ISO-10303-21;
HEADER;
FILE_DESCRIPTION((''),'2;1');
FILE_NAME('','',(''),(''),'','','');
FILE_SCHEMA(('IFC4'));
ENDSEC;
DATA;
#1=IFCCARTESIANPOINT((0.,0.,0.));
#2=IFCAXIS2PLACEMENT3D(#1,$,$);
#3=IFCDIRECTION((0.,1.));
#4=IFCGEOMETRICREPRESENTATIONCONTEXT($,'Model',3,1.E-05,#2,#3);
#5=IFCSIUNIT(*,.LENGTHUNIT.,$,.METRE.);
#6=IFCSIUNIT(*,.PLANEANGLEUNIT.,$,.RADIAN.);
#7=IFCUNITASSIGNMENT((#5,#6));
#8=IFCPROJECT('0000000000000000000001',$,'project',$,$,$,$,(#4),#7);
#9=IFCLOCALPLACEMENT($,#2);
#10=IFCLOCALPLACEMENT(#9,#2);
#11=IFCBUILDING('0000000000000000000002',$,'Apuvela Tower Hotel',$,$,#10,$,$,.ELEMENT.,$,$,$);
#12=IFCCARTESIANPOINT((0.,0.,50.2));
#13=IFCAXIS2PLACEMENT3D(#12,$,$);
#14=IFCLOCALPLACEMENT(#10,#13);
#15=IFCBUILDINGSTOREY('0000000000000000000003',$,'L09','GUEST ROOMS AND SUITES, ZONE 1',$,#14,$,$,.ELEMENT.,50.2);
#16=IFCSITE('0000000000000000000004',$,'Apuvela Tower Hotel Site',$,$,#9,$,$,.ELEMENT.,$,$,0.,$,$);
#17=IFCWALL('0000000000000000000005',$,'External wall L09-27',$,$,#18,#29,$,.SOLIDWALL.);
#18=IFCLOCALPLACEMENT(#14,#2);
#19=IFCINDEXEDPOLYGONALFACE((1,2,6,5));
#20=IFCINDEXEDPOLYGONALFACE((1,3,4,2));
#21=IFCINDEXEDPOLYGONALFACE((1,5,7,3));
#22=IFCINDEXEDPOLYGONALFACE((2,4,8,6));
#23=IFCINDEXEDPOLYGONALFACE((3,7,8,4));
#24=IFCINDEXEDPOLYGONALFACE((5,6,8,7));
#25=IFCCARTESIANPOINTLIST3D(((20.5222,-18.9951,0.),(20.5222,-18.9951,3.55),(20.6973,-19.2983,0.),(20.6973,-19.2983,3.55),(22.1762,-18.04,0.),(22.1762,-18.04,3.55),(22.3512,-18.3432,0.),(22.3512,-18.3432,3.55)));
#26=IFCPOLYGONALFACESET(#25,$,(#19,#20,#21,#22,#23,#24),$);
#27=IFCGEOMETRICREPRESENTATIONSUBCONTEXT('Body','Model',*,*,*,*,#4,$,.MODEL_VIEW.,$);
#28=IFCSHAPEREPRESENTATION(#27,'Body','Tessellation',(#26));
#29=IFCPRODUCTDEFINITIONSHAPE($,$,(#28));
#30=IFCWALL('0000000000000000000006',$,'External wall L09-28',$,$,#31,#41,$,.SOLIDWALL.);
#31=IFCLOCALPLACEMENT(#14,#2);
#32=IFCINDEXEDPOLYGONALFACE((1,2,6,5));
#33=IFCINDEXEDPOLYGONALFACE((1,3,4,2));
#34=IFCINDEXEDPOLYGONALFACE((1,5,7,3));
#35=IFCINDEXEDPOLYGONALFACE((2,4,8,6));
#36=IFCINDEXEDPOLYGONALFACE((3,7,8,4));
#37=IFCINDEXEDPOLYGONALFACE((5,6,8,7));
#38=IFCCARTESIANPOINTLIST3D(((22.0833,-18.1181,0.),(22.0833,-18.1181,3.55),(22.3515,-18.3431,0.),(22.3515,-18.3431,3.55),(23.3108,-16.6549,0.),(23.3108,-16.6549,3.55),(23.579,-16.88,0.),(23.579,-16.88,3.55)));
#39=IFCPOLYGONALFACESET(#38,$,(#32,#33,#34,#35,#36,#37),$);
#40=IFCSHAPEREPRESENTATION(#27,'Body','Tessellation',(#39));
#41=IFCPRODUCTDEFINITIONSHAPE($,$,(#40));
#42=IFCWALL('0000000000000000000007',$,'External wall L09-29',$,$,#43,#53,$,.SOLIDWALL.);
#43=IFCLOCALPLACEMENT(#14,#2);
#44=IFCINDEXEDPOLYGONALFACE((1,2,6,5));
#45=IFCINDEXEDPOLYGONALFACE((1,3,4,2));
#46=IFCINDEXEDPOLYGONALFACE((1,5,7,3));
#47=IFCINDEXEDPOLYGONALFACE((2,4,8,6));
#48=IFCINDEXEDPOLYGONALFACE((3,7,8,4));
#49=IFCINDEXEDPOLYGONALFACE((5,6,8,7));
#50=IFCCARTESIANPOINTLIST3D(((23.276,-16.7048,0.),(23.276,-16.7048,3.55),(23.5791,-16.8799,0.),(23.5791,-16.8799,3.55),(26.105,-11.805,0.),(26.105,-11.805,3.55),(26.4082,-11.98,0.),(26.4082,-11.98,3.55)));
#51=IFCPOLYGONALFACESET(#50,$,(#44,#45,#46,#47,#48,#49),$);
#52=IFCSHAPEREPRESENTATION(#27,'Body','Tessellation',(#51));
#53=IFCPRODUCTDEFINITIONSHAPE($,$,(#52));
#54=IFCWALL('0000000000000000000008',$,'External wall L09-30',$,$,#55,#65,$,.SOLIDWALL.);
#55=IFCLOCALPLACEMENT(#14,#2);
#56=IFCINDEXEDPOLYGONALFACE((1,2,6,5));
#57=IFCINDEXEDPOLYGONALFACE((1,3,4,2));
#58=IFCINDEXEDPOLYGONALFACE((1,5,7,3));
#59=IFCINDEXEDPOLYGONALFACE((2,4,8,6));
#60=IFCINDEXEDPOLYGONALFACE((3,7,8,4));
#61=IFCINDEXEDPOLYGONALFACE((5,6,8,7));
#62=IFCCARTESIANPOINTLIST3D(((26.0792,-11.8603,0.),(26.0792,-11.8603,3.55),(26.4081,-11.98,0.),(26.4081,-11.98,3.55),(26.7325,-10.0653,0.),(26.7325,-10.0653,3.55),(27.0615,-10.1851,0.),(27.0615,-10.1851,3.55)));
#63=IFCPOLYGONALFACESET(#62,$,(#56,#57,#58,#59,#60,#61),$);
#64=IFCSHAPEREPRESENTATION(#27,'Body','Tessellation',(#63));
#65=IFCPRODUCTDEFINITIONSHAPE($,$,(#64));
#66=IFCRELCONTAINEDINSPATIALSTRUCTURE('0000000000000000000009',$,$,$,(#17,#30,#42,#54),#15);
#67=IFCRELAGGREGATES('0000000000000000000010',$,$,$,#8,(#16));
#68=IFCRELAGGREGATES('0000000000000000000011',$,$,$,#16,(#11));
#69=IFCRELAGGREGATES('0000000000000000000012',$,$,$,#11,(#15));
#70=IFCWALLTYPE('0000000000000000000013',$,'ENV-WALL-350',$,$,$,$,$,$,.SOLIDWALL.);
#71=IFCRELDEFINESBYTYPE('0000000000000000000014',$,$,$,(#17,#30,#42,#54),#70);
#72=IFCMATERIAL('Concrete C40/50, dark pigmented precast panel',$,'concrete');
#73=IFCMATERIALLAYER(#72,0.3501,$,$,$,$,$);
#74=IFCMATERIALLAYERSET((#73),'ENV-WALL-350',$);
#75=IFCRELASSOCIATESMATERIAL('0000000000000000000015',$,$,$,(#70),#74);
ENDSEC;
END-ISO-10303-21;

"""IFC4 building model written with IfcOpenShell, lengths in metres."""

from ifc_helpers import new_model, si_unit, direction, frame, frame_2d, origin, place, context, subcontext, project, spatial, rectangle, extrude, material, layer, layer_set, type_object, element, save


model = new_model("IFC4")

# Units and contexts
model_context = context("Model", 3, precision=1e-05, world=origin(), true_north=direction((0.0, 1.0)))
body_context = subcontext(model_context, "Body", "Model", "MODEL_VIEW")
ifc_project = project(units=[si_unit("LENGTHUNIT", "METRE"), si_unit("PLANEANGLEUNIT", "RADIAN")], contexts=[model_context])

# Site, building, storey
site_placement = place(None, origin())
site = spatial("IfcSite", under=ifc_project, at=site_placement, Name="Apuvela Tower Hotel Site", CompositionType="ELEMENT", RefElevation=0.0)
building_placement = place(site_placement, origin())
building = spatial("IfcBuilding", under=site, at=building_placement, Name="Apuvela Tower Hotel", CompositionType="ELEMENT")
storey_placement = place(building_placement, frame((0.0, 0.0, 50.2)))
storey = spatial("IfcBuildingStorey", under=building, at=storey_placement, Name="L09", Description="GUEST ROOMS AND SUITES, ZONE 1", CompositionType="ELEMENT", Elevation=50.2)

# Shared definitions
ifc_material_1 = material(Name="Concrete C40/50, dark pigmented precast panel", Category="concrete")
ifc_layer_1 = layer(ifc_material_1, 0.3501)
ifc_layer_set_1 = layer_set([ifc_layer_1], Name="ENV-WALL-350")
wall_type_1 = type_object("IfcWallType", Name="ENV-WALL-350", PredefinedType="SOLIDWALL", material=ifc_layer_set_1)

# Walls
for number, where, z_axis, x_axis, name in (
    (1, (20.6096, -19.1467, 0.0), (0.0, 0.0, 1.0), (0.866, 0.500043, 0.0), "External wall L09-27"),
    (2, (22.2173, -18.2307, 0.0), (0.0, 0.0, 1.0), (0.642733, 0.76609, 0.0), "External wall L09-28"),
):
    element("IfcWall", number, at=place(storey_placement, frame(where, z_axis=z_axis, x_axis=x_axis)), inside=storey, type_object=wall_type_1, Name=name, PredefinedType="SOLIDWALL", context=body_context, shape_type="SweptSolid", body=[
        extrude(rectangle(XDim=1.9099, YDim=0.3501, at=frame_2d((0.9551, 0.0))), origin(), (0.0, 0.0, 1.0), 3.55),
    ])
wall_1_placement = place(storey_placement, frame((23.4275, -16.7925, 0.0), z_axis=(0.0, 0.0, 1.0), x_axis=(0.500019, 0.866015, 0.0)))
element("IfcWall", 3, at=wall_1_placement, inside=storey, type_object=wall_type_1, Name="External wall L09-29", PredefinedType="SOLIDWALL", context=body_context, shape_type="SweptSolid", body=[
    extrude(rectangle(XDim=5.658, YDim=0.3501, at=frame_2d((2.8291, 0.0))), origin(), (0.0, 0.0, 1.0), 3.55),
])
wall_2_placement = place(storey_placement, frame((26.2437, -11.9202, 0.0), z_axis=(0.0, 0.0, 1.0), x_axis=(0.34203, 0.939689, 0.0)))
element("IfcWall", 4, at=wall_2_placement, inside=storey, type_object=wall_type_1, Name="External wall L09-30", PredefinedType="SOLIDWALL", context=body_context, shape_type="SweptSolid", body=[
    extrude(rectangle(XDim=1.9102, YDim=0.3501, at=frame_2d((0.9551, 0.0))), origin(), (0.0, 0.0, 1.0), 3.55),
])

save(model, "model.ifc")
